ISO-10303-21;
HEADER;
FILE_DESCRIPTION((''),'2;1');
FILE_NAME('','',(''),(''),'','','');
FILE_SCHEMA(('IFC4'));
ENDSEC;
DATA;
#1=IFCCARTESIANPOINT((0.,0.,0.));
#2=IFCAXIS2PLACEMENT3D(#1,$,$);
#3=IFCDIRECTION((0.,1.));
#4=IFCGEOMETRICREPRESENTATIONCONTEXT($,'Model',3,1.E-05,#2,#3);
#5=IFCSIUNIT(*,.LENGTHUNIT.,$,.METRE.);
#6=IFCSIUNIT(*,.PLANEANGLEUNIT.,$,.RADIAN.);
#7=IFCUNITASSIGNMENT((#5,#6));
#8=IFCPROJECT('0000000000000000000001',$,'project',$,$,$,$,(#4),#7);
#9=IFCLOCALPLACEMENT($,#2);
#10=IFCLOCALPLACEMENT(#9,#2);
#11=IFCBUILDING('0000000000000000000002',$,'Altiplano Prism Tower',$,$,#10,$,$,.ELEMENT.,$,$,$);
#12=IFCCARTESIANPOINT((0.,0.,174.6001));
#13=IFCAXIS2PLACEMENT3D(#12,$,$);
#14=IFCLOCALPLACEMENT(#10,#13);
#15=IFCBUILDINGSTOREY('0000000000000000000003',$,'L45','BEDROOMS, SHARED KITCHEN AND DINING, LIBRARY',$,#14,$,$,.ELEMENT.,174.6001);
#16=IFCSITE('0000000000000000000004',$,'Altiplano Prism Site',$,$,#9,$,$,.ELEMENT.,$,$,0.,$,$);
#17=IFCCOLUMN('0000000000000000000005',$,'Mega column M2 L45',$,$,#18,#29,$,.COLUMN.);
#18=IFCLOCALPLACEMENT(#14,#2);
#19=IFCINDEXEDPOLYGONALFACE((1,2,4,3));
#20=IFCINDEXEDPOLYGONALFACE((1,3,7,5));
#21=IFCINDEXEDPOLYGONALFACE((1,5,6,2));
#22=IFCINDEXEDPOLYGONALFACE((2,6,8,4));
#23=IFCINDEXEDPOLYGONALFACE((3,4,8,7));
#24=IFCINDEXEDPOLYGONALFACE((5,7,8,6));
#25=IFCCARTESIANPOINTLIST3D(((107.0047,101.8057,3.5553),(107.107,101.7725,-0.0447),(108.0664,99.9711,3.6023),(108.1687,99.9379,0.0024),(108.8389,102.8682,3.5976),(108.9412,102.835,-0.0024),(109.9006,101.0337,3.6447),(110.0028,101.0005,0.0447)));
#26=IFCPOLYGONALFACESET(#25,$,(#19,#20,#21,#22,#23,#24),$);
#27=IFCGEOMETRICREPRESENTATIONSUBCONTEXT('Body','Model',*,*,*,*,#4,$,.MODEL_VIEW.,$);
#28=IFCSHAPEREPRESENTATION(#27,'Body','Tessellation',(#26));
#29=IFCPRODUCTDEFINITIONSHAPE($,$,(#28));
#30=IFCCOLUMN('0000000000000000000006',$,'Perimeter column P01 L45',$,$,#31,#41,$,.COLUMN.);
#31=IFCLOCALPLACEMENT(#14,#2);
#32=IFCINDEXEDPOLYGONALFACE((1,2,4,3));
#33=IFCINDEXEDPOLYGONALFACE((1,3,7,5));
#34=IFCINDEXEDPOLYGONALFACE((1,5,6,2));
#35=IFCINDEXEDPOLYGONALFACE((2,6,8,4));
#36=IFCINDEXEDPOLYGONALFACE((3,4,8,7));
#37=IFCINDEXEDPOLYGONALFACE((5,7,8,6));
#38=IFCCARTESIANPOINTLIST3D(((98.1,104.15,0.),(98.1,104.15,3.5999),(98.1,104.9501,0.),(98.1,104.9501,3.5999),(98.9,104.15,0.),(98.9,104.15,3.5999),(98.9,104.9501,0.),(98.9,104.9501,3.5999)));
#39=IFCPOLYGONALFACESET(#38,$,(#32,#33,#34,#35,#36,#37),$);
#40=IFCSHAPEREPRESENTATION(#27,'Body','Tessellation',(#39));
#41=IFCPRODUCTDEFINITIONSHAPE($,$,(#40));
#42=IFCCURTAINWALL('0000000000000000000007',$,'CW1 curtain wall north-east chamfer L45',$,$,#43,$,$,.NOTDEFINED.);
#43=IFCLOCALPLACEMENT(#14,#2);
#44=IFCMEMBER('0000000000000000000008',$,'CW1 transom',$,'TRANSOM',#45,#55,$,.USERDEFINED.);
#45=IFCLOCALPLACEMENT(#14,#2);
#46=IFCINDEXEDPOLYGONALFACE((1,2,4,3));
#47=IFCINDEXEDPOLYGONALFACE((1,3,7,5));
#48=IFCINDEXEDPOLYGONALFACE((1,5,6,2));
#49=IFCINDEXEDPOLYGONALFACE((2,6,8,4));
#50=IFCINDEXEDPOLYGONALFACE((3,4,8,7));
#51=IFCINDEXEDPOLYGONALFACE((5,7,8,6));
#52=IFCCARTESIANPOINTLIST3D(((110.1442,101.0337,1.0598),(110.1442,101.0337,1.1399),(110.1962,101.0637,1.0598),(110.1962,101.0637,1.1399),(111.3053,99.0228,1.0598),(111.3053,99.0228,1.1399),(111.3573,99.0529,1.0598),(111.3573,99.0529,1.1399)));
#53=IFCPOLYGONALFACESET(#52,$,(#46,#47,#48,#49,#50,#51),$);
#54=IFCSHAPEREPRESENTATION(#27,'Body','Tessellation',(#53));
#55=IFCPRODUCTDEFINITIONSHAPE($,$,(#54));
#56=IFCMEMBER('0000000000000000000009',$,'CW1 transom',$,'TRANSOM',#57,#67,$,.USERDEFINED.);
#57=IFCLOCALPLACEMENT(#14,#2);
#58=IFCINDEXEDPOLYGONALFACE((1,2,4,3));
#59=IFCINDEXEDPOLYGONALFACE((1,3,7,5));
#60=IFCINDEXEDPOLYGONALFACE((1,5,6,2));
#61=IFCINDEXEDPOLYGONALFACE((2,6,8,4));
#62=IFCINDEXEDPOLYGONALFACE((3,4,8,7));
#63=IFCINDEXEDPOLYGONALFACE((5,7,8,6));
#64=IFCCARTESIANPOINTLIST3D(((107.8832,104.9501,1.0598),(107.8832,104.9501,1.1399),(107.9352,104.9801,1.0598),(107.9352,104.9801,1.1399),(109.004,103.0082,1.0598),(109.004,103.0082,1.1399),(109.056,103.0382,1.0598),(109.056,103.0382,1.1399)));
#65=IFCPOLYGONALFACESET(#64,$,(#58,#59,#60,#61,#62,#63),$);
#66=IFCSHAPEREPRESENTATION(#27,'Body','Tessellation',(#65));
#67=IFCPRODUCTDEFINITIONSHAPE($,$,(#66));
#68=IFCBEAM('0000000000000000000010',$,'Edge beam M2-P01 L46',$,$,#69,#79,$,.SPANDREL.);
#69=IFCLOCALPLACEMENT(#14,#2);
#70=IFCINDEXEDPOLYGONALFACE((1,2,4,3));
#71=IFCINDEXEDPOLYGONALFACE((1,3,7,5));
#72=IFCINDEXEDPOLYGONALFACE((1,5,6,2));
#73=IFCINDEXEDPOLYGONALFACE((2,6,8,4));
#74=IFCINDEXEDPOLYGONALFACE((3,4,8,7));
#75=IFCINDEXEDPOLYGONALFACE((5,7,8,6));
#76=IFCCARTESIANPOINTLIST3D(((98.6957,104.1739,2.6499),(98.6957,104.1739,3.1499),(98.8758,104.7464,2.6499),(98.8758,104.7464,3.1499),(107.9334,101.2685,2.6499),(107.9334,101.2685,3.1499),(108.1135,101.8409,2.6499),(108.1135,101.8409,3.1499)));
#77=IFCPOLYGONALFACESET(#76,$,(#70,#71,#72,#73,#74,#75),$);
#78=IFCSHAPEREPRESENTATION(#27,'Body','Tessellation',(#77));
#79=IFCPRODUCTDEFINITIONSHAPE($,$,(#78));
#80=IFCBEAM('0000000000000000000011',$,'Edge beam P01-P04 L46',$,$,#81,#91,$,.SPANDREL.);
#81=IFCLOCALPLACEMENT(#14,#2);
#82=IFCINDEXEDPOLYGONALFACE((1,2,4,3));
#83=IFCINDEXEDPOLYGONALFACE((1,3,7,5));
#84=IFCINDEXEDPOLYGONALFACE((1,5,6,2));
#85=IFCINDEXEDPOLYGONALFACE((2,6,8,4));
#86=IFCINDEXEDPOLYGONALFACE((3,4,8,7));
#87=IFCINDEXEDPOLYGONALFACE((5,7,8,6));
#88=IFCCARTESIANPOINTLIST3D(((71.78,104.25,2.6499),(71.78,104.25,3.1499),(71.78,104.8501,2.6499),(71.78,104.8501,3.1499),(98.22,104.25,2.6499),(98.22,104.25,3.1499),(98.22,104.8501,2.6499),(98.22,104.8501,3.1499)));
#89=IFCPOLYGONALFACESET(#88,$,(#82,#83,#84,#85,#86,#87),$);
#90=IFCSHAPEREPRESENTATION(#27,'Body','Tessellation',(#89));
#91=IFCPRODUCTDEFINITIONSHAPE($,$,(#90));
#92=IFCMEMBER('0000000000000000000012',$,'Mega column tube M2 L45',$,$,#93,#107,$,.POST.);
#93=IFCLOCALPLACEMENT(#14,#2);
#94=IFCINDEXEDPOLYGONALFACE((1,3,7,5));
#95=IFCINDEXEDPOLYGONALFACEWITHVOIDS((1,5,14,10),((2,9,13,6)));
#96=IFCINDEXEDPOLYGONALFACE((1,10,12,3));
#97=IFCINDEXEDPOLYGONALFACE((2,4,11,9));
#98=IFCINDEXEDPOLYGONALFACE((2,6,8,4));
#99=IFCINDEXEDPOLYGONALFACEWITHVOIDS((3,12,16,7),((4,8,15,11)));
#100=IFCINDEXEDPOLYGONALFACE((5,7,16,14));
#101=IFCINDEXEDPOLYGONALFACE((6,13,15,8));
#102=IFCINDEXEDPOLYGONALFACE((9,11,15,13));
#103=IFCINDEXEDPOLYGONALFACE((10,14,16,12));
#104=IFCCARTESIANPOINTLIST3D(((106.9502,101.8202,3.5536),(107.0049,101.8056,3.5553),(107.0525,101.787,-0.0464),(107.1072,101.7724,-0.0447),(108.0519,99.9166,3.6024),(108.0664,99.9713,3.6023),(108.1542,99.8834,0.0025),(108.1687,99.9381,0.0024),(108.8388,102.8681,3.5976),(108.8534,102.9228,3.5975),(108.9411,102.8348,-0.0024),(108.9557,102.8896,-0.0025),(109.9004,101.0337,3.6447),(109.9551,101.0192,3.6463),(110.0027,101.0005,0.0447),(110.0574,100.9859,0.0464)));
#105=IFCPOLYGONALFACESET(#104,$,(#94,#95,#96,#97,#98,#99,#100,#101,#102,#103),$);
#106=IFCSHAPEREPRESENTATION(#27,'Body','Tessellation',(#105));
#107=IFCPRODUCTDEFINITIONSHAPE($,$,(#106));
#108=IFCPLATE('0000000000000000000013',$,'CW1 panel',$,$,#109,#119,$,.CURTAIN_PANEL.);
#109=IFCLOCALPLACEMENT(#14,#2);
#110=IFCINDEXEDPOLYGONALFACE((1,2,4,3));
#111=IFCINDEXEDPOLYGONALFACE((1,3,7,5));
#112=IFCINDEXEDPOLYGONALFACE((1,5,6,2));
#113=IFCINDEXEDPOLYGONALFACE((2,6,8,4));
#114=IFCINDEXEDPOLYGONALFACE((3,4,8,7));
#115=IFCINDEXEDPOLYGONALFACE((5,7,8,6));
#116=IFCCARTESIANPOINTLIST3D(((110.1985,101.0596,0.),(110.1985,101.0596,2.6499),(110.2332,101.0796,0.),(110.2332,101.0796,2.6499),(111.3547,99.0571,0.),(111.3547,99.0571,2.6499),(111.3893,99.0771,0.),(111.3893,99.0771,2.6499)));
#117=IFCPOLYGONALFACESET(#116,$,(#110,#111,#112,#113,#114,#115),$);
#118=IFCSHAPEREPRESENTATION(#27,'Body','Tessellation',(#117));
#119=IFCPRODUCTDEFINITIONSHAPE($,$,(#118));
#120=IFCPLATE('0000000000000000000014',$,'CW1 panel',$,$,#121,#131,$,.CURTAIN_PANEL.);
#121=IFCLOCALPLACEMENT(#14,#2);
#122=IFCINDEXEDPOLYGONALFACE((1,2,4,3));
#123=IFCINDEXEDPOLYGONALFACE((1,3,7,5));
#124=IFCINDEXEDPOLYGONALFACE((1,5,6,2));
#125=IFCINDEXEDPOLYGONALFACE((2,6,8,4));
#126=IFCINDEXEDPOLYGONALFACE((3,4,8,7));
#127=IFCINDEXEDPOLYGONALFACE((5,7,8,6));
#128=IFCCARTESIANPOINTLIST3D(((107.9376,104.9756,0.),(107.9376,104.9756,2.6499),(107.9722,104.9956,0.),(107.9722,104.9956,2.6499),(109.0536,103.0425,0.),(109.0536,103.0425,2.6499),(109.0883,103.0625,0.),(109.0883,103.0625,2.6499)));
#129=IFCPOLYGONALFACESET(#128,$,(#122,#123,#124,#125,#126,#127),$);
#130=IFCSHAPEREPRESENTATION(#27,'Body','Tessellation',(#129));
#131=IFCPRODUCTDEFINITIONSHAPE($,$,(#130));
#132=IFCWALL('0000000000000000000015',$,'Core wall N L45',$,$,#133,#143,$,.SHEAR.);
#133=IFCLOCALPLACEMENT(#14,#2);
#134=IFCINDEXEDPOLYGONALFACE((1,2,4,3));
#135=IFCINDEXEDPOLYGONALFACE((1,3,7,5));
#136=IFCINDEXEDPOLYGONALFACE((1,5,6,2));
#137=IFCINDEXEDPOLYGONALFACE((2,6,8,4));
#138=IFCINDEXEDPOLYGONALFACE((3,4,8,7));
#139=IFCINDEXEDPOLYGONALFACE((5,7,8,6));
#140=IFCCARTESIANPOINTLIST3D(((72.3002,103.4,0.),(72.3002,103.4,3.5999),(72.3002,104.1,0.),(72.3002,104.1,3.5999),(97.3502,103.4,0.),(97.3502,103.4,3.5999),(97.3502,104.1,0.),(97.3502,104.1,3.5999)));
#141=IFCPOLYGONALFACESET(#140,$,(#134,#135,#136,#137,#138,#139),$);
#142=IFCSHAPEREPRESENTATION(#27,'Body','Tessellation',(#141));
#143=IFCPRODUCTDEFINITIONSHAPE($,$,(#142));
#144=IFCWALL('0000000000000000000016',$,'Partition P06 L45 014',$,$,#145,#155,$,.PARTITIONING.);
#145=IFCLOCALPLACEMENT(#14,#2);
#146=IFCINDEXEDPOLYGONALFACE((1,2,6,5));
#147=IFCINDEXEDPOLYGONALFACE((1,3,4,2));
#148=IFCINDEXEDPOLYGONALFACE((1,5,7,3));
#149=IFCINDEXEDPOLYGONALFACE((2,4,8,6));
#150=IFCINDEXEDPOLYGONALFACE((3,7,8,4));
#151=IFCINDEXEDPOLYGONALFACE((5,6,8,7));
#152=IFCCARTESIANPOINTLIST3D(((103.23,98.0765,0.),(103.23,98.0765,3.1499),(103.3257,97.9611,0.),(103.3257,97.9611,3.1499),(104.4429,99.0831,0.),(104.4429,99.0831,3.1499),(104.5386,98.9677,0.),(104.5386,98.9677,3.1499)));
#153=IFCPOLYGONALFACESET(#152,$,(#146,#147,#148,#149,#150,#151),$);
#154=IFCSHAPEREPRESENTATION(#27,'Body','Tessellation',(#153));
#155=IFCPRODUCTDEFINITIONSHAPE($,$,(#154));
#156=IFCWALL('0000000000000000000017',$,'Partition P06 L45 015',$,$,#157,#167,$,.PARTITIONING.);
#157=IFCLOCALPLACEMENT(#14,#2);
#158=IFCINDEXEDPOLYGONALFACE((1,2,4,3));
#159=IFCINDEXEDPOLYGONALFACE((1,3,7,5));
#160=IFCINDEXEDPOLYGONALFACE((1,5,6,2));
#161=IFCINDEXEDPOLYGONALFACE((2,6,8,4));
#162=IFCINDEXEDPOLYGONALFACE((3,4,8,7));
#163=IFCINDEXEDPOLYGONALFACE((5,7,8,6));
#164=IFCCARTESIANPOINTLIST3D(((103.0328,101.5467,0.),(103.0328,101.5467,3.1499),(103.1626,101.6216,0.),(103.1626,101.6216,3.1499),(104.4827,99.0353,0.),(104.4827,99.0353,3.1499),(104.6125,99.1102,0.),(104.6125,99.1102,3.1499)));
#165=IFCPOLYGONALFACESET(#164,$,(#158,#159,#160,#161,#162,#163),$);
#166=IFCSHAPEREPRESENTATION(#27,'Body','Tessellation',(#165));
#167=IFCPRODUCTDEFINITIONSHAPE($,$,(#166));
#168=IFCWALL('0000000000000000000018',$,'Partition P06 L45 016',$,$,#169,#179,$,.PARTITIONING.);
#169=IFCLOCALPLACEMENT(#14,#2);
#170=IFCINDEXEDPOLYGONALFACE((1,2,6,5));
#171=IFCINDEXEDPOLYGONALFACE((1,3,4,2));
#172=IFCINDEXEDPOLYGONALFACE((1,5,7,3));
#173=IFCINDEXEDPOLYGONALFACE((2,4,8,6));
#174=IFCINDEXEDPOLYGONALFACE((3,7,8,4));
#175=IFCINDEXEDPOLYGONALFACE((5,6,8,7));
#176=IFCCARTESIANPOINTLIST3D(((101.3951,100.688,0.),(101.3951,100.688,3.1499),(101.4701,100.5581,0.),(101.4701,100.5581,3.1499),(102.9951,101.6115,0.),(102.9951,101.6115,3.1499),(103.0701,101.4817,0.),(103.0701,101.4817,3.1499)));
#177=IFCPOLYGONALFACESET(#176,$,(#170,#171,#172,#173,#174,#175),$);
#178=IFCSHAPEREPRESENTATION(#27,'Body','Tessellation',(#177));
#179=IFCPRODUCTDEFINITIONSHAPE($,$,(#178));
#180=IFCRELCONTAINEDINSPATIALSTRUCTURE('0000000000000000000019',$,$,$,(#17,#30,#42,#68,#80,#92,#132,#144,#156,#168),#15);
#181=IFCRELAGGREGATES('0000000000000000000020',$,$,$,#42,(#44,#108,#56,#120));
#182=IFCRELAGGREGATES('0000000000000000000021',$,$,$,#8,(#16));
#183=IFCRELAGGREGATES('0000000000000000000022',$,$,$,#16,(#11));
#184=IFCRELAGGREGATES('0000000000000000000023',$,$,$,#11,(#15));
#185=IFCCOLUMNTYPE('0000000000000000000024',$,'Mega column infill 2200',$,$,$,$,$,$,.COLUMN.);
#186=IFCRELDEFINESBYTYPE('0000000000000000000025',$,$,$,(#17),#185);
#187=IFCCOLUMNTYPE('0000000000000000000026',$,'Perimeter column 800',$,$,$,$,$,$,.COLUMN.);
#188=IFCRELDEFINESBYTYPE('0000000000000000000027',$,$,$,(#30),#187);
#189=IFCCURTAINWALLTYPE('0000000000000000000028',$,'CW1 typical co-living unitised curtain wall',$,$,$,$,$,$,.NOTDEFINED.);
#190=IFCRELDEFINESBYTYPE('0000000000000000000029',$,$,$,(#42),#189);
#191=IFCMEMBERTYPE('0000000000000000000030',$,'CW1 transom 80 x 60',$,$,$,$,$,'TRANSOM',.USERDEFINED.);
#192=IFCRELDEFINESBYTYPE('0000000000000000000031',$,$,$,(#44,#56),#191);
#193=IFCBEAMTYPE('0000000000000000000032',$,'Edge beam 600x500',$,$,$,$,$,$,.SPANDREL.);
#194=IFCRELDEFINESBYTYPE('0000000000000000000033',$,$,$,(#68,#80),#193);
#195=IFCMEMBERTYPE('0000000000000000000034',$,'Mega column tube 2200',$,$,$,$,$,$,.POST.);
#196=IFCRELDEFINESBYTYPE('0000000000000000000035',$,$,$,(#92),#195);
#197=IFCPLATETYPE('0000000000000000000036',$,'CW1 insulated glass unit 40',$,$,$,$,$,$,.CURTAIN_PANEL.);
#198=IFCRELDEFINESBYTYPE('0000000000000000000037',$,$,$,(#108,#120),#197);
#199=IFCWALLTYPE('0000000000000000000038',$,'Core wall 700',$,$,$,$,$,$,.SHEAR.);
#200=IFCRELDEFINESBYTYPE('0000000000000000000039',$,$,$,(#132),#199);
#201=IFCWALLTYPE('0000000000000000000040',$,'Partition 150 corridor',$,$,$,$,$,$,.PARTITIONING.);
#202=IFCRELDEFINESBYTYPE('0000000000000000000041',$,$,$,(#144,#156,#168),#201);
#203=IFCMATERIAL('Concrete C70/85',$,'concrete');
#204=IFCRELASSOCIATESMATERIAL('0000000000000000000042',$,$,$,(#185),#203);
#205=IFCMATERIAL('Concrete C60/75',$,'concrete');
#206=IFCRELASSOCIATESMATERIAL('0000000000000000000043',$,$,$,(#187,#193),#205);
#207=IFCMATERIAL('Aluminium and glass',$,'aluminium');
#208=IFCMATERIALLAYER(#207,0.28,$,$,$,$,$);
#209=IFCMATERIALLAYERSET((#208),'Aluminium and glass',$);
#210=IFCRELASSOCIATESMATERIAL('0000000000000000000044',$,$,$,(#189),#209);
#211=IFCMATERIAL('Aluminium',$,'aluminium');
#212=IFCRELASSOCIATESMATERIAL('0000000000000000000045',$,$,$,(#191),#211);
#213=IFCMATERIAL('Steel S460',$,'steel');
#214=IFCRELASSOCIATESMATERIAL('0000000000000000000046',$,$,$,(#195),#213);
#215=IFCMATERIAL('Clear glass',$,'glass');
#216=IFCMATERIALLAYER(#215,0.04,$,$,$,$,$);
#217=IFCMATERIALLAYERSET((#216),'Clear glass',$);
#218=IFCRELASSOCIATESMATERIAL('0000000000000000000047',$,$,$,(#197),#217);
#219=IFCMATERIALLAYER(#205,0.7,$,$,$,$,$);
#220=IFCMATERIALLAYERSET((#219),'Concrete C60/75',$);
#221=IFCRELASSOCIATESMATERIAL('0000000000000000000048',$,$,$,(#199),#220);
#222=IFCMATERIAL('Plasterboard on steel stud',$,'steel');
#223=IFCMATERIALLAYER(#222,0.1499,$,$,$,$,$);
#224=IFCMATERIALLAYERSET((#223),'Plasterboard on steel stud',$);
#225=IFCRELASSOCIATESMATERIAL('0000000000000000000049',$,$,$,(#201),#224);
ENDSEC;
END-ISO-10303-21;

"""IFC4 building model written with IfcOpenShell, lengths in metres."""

from ifc_helpers import new_model, si_unit, direction, frame, frame_2d, origin, origin_2d, place, context, subcontext, project, spatial, rectangle, hollow_rectangle, extrude, material, layer, layer_set, material_profile, profile_set, type_object, element, aggregate, save


model = new_model("IFC4")

# Units and contexts
model_context = context("Model", 3, precision=1e-05, world=origin(), true_north=direction((0.0, 1.0)))
body_context = subcontext(model_context, "Body", "Model", "MODEL_VIEW")
ifc_project = project(units=[si_unit("LENGTHUNIT", "METRE"), si_unit("PLANEANGLEUNIT", "RADIAN")], contexts=[model_context])

# Site, building, storey
site_placement = place(None, origin())
site = spatial("IfcSite", under=ifc_project, at=site_placement, Name="Altiplano Prism Site", CompositionType="ELEMENT", RefElevation=0.0)
building_placement = place(site_placement, origin())
building = spatial("IfcBuilding", under=site, at=building_placement, Name="Altiplano Prism Tower", CompositionType="ELEMENT")
storey_placement = place(building_placement, frame((0.0, 0.0, 174.6001)))
storey = spatial("IfcBuildingStorey", under=building, at=storey_placement, Name="L45", Description="BEDROOMS, SHARED KITCHEN AND DINING, LIBRARY", CompositionType="ELEMENT", Elevation=174.6001)

# Columns
ifc_material_1 = material(Name="Concrete C70/85", Category="concrete")
ifc_material_profile_1 = material_profile(ifc_material_1, rectangle(XDim=2.1201, YDim=2.1201, at=origin_2d()), Name="Mega column infill 2200")
ifc_profile_set_1 = profile_set([ifc_material_profile_1], Name="Concrete C70/85")
column_type_1 = type_object("IfcColumnType", Name="Mega column infill 2200", PredefinedType="COLUMN", material=ifc_profile_set_1)
column_1_placement = place(storey_placement, frame((108.5549, 101.3865, 0.0), z_axis=(-0.028404, 0.009219, 0.999554), x_axis=(0.500768, -0.865297, 0.022211)))
element("IfcColumn", 1, at=column_1_placement, inside=storey, type_object=column_type_1, Name="Mega column M2 L45", PredefinedType="COLUMN", context=body_context, shape_type="SweptSolid", body=[
    extrude(rectangle(XDim=2.1201, YDim=2.1201, at=origin_2d()), origin(), (0.0, 0.0, 1.0), 3.6016),
])
ifc_material_2 = material(Name="Concrete C60/75", Category="concrete")
ifc_material_profile_2 = material_profile(ifc_material_2, rectangle(XDim=0.8, YDim=0.8, at=origin_2d()), Name="Perimeter column 800")
ifc_profile_set_2 = profile_set([ifc_material_profile_2], Name="Concrete C60/75")
column_type_2 = type_object("IfcColumnType", Name="Perimeter column 800", PredefinedType="COLUMN", material=ifc_profile_set_2)
column_2_placement = place(storey_placement, frame((98.5, 104.55, 0.0), z_axis=(0.0, 0.0, 1.0), x_axis=(1.0, 0.0, 0.0)))
element("IfcColumn", 2, at=column_2_placement, inside=storey, type_object=column_type_2, Name="Perimeter column P01 L45", PredefinedType="COLUMN", context=body_context, shape_type="SweptSolid", body=[
    extrude(rectangle(XDim=0.8, YDim=0.8, at=origin_2d()), origin(), (0.0, 0.0, 1.0), 3.5999),
])

# Curtain wall, members
ifc_material_3 = material(Name="Aluminium and glass", Category="aluminium")
ifc_layer_1 = layer(ifc_material_3, 0.28)
ifc_layer_set_1 = layer_set([ifc_layer_1], Name="Aluminium and glass")
curtain_wall_type = type_object("IfcCurtainWallType", Name="CW1 typical co-living unitised curtain wall", PredefinedType="NOTDEFINED", material=ifc_layer_set_1)
curtain_wall_placement = place(storey_placement, origin())
curtain_wall = element("IfcCurtainWall", 3, at=curtain_wall_placement, inside=storey, type_object=curtain_wall_type, Name="CW1 curtain wall north-east chamfer L45", PredefinedType="NOTDEFINED")
ifc_material_4 = material(Name="Aluminium", Category="aluminium")
ifc_material_profile_3 = material_profile(ifc_material_4, rectangle(XDim=0.0601, YDim=0.0801, at=origin_2d()), Name="CW1 transom 80 x 60")
ifc_profile_set_3 = profile_set([ifc_material_profile_3], Name="Aluminium")
member_type_1 = type_object("IfcMemberType", Name="CW1 transom 80 x 60", ElementType="TRANSOM", PredefinedType="USERDEFINED", material=ifc_profile_set_3)
member_1_placement = place(storey_placement, frame((111.3313, 99.0378, 1.0999), z_axis=(-0.500029, 0.866009, 0.0), x_axis=(-0.866009, -0.500029, 0.0)))
member_1 = element("IfcMember", 4, at=member_1_placement, type_object=member_type_1, Name="CW1 transom", ObjectType="TRANSOM", PredefinedType="USERDEFINED", context=body_context, shape_type="SweptSolid", body=[
    extrude(rectangle(XDim=0.0601, YDim=0.0801, at=origin_2d()), origin(), (0.0, 0.0, 1.0), 2.322),
])
member_2_placement = place(storey_placement, frame((109.03, 103.0232, 1.0999), z_axis=(-0.499898, 0.866084, 0.0), x_axis=(-0.866084, -0.499898, 0.0)))
member_2 = element("IfcMember", 5, at=member_2_placement, type_object=member_type_1, Name="CW1 transom", ObjectType="TRANSOM", PredefinedType="USERDEFINED", context=body_context, shape_type="SweptSolid", body=[
    extrude(rectangle(XDim=0.0601, YDim=0.0801, at=origin_2d()), origin(), (0.0, 0.0, 1.0), 2.2422),
])

# Beams
ifc_material_profile_4 = material_profile(ifc_material_2, rectangle(XDim=0.6001, YDim=0.5, at=origin_2d()), Name="Edge beam 600x500")
ifc_profile_set_4 = profile_set([ifc_material_profile_4], Name="Concrete C60/75")
beam_type = type_object("IfcBeamType", Name="Edge beam 600x500", PredefinedType="SPANDREL", material=ifc_profile_set_4)
beam_1_placement = place(storey_placement, frame((108.0234, 101.5547, 2.8999), z_axis=(-0.953928, 0.300034, 0.0), x_axis=(-0.300034, -0.953928, 0.0)))
element("IfcBeam", 6, at=beam_1_placement, inside=storey, type_object=beam_type, Name="Edge beam M2-P01 L46", PredefinedType="SPANDREL", context=body_context, shape_type="SweptSolid", body=[
    extrude(rectangle(XDim=0.6001, YDim=0.5, at=origin_2d()), origin(), (0.0, 0.0, 1.0), 9.6838),
])
beam_2_placement = place(storey_placement, frame((98.22, 104.55, 2.8999), z_axis=(-1.0, 0.0, 0.0), x_axis=(0.0, -1.0, 0.0)))
element("IfcBeam", 7, at=beam_2_placement, inside=storey, type_object=beam_type, Name="Edge beam P01-P04 L46", PredefinedType="SPANDREL", context=body_context, shape_type="SweptSolid", body=[
    extrude(rectangle(XDim=0.6001, YDim=0.5, at=origin_2d()), origin(), (0.0, 0.0, 1.0), 26.4399),
])

# Member
ifc_material_5 = material(Name="Steel S460", Category="steel")
ifc_material_profile_5 = material_profile(ifc_material_5, hollow_rectangle(XDim=2.2, YDim=2.2, WallThickness=0.04, at=origin_2d()), Name="Mega column tube 2200")
ifc_profile_set_5 = profile_set([ifc_material_profile_5], Name="Steel S460")
member_type_2 = type_object("IfcMemberType", Name="Mega column tube 2200", PredefinedType="POST", material=ifc_profile_set_5)
member_3_placement = place(storey_placement, frame((108.5549, 101.3865, 0.0), z_axis=(-0.028404, 0.009219, 0.999554), x_axis=(0.500768, -0.865297, 0.022211)))
element("IfcMember", 8, at=member_3_placement, inside=storey, type_object=member_type_2, Name="Mega column tube M2 L45", PredefinedType="POST", context=body_context, shape_type="SweptSolid", body=[
    extrude(hollow_rectangle(XDim=2.2, YDim=2.2, WallThickness=0.04, at=origin_2d()), origin(), (0.0, 0.0, 1.0), 3.6016),
])

# Plates
ifc_material_6 = material(Name="Clear glass", Category="glass")
ifc_layer_2 = layer(ifc_material_6, 0.04)
ifc_layer_set_2 = layer_set([ifc_layer_2], Name="Clear glass")
plate_type = type_object("IfcPlateType", Name="CW1 insulated glass unit 40", PredefinedType="CURTAIN_PANEL", material=ifc_layer_set_2)
plate_1_placement = place(storey_placement, frame((110.7939, 100.0684, 0.0), z_axis=(0.0, 0.0, 1.0), x_axis=(-0.5, 0.866025, 0.0)))
plate_1 = element("IfcPlate", 9, at=plate_1_placement, type_object=plate_type, Name="CW1 panel", PredefinedType="CURTAIN_PANEL", context=body_context, shape_type="SweptSolid", body=[
    extrude(rectangle(XDim=2.3123, YDim=0.04, at=origin_2d()), origin(), (0.0, 0.0, 1.0), 2.6499),
])
plate_2_placement = place(storey_placement, frame((108.5129, 104.019, 0.0), z_axis=(0.0, 0.0, 1.0), x_axis=(-0.5, 0.866025, 0.0)))
plate_2 = element("IfcPlate", 10, at=plate_2_placement, type_object=plate_type, Name="CW1 panel", PredefinedType="CURTAIN_PANEL", context=body_context, shape_type="SweptSolid", body=[
    extrude(rectangle(XDim=2.2322, YDim=0.04, at=origin_2d()), origin(), (0.0, 0.0, 1.0), 2.6499),
])
aggregate(curtain_wall, [member_1, plate_1, member_2, plate_2])

# Walls
ifc_layer_3 = layer(ifc_material_2, 0.7)
ifc_layer_set_3 = layer_set([ifc_layer_3], Name="Concrete C60/75")
wall_type_1 = type_object("IfcWallType", Name="Core wall 700", PredefinedType="SHEAR", material=ifc_layer_set_3)
wall_1_placement = place(storey_placement, frame((97.3501, 103.75, 0.0), z_axis=(0.0, 0.0, 1.0), x_axis=(-1.0, 0.0, 0.0)))
element("IfcWall", 11, at=wall_1_placement, inside=storey, type_object=wall_type_1, Name="Core wall N L45", PredefinedType="SHEAR", context=body_context, shape_type="SweptSolid", body=[
    extrude(rectangle(XDim=25.05, YDim=0.7, at=frame_2d((12.5249, 0.0))), origin(), (0.0, 0.0, 1.0), 3.5999),
])
ifc_material_7 = material(Name="Plasterboard on steel stud", Category="steel")
ifc_layer_4 = layer(ifc_material_7, 0.1499)
ifc_layer_set_4 = layer_set([ifc_layer_4], Name="Plasterboard on steel stud")
wall_type_2 = type_object("IfcWallType", Name="Partition 150 corridor", PredefinedType="PARTITIONING", material=ifc_layer_set_4)
wall_2_placement = place(storey_placement, frame((103.2778, 98.0188, 0.0), z_axis=(0.0, 0.0, 1.0), x_axis=(0.769515, 0.638629, 0.0)))
element("IfcWall", 12, at=wall_2_placement, inside=storey, type_object=wall_type_2, Name="Partition P06 L45 014", PredefinedType="PARTITIONING", context=body_context, shape_type="SweptSolid", body=[
    extrude(rectangle(XDim=1.5762, YDim=0.1499, at=frame_2d((0.7881, 0.0))), origin(), (0.0, 0.0, 1.0), 3.1499),
])
wall_3_placement = place(storey_placement, frame((104.5476, 99.0728, 0.0), z_axis=(0.0, 0.0, 1.0), x_axis=(-0.499987, 0.866033, 0.0)))
element("IfcWall", 13, at=wall_3_placement, inside=storey, type_object=wall_type_2, Name="Partition P06 L45 015", PredefinedType="PARTITIONING", context=body_context, shape_type="SweptSolid", body=[
    extrude(rectangle(XDim=2.8999, YDim=0.1499, at=frame_2d((1.45, 0.0))), origin(), (0.0, 0.0, 1.0), 3.1499),
])
wall_4_placement = place(storey_placement, frame((103.0327, 101.5466, 0.0), z_axis=(0.0, 0.0, 1.0), x_axis=(-0.86608, -0.499905, 0.0)))
element("IfcWall", 14, at=wall_4_placement, inside=storey, type_object=wall_type_2, Name="Partition P06 L45 016", PredefinedType="PARTITIONING", context=body_context, shape_type="SweptSolid", body=[
    extrude(rectangle(XDim=1.8474, YDim=0.1499, at=frame_2d((0.9238, 0.0))), origin(), (0.0, 0.0, 1.0), 3.1499),
])

save(model, "model.ifc")
